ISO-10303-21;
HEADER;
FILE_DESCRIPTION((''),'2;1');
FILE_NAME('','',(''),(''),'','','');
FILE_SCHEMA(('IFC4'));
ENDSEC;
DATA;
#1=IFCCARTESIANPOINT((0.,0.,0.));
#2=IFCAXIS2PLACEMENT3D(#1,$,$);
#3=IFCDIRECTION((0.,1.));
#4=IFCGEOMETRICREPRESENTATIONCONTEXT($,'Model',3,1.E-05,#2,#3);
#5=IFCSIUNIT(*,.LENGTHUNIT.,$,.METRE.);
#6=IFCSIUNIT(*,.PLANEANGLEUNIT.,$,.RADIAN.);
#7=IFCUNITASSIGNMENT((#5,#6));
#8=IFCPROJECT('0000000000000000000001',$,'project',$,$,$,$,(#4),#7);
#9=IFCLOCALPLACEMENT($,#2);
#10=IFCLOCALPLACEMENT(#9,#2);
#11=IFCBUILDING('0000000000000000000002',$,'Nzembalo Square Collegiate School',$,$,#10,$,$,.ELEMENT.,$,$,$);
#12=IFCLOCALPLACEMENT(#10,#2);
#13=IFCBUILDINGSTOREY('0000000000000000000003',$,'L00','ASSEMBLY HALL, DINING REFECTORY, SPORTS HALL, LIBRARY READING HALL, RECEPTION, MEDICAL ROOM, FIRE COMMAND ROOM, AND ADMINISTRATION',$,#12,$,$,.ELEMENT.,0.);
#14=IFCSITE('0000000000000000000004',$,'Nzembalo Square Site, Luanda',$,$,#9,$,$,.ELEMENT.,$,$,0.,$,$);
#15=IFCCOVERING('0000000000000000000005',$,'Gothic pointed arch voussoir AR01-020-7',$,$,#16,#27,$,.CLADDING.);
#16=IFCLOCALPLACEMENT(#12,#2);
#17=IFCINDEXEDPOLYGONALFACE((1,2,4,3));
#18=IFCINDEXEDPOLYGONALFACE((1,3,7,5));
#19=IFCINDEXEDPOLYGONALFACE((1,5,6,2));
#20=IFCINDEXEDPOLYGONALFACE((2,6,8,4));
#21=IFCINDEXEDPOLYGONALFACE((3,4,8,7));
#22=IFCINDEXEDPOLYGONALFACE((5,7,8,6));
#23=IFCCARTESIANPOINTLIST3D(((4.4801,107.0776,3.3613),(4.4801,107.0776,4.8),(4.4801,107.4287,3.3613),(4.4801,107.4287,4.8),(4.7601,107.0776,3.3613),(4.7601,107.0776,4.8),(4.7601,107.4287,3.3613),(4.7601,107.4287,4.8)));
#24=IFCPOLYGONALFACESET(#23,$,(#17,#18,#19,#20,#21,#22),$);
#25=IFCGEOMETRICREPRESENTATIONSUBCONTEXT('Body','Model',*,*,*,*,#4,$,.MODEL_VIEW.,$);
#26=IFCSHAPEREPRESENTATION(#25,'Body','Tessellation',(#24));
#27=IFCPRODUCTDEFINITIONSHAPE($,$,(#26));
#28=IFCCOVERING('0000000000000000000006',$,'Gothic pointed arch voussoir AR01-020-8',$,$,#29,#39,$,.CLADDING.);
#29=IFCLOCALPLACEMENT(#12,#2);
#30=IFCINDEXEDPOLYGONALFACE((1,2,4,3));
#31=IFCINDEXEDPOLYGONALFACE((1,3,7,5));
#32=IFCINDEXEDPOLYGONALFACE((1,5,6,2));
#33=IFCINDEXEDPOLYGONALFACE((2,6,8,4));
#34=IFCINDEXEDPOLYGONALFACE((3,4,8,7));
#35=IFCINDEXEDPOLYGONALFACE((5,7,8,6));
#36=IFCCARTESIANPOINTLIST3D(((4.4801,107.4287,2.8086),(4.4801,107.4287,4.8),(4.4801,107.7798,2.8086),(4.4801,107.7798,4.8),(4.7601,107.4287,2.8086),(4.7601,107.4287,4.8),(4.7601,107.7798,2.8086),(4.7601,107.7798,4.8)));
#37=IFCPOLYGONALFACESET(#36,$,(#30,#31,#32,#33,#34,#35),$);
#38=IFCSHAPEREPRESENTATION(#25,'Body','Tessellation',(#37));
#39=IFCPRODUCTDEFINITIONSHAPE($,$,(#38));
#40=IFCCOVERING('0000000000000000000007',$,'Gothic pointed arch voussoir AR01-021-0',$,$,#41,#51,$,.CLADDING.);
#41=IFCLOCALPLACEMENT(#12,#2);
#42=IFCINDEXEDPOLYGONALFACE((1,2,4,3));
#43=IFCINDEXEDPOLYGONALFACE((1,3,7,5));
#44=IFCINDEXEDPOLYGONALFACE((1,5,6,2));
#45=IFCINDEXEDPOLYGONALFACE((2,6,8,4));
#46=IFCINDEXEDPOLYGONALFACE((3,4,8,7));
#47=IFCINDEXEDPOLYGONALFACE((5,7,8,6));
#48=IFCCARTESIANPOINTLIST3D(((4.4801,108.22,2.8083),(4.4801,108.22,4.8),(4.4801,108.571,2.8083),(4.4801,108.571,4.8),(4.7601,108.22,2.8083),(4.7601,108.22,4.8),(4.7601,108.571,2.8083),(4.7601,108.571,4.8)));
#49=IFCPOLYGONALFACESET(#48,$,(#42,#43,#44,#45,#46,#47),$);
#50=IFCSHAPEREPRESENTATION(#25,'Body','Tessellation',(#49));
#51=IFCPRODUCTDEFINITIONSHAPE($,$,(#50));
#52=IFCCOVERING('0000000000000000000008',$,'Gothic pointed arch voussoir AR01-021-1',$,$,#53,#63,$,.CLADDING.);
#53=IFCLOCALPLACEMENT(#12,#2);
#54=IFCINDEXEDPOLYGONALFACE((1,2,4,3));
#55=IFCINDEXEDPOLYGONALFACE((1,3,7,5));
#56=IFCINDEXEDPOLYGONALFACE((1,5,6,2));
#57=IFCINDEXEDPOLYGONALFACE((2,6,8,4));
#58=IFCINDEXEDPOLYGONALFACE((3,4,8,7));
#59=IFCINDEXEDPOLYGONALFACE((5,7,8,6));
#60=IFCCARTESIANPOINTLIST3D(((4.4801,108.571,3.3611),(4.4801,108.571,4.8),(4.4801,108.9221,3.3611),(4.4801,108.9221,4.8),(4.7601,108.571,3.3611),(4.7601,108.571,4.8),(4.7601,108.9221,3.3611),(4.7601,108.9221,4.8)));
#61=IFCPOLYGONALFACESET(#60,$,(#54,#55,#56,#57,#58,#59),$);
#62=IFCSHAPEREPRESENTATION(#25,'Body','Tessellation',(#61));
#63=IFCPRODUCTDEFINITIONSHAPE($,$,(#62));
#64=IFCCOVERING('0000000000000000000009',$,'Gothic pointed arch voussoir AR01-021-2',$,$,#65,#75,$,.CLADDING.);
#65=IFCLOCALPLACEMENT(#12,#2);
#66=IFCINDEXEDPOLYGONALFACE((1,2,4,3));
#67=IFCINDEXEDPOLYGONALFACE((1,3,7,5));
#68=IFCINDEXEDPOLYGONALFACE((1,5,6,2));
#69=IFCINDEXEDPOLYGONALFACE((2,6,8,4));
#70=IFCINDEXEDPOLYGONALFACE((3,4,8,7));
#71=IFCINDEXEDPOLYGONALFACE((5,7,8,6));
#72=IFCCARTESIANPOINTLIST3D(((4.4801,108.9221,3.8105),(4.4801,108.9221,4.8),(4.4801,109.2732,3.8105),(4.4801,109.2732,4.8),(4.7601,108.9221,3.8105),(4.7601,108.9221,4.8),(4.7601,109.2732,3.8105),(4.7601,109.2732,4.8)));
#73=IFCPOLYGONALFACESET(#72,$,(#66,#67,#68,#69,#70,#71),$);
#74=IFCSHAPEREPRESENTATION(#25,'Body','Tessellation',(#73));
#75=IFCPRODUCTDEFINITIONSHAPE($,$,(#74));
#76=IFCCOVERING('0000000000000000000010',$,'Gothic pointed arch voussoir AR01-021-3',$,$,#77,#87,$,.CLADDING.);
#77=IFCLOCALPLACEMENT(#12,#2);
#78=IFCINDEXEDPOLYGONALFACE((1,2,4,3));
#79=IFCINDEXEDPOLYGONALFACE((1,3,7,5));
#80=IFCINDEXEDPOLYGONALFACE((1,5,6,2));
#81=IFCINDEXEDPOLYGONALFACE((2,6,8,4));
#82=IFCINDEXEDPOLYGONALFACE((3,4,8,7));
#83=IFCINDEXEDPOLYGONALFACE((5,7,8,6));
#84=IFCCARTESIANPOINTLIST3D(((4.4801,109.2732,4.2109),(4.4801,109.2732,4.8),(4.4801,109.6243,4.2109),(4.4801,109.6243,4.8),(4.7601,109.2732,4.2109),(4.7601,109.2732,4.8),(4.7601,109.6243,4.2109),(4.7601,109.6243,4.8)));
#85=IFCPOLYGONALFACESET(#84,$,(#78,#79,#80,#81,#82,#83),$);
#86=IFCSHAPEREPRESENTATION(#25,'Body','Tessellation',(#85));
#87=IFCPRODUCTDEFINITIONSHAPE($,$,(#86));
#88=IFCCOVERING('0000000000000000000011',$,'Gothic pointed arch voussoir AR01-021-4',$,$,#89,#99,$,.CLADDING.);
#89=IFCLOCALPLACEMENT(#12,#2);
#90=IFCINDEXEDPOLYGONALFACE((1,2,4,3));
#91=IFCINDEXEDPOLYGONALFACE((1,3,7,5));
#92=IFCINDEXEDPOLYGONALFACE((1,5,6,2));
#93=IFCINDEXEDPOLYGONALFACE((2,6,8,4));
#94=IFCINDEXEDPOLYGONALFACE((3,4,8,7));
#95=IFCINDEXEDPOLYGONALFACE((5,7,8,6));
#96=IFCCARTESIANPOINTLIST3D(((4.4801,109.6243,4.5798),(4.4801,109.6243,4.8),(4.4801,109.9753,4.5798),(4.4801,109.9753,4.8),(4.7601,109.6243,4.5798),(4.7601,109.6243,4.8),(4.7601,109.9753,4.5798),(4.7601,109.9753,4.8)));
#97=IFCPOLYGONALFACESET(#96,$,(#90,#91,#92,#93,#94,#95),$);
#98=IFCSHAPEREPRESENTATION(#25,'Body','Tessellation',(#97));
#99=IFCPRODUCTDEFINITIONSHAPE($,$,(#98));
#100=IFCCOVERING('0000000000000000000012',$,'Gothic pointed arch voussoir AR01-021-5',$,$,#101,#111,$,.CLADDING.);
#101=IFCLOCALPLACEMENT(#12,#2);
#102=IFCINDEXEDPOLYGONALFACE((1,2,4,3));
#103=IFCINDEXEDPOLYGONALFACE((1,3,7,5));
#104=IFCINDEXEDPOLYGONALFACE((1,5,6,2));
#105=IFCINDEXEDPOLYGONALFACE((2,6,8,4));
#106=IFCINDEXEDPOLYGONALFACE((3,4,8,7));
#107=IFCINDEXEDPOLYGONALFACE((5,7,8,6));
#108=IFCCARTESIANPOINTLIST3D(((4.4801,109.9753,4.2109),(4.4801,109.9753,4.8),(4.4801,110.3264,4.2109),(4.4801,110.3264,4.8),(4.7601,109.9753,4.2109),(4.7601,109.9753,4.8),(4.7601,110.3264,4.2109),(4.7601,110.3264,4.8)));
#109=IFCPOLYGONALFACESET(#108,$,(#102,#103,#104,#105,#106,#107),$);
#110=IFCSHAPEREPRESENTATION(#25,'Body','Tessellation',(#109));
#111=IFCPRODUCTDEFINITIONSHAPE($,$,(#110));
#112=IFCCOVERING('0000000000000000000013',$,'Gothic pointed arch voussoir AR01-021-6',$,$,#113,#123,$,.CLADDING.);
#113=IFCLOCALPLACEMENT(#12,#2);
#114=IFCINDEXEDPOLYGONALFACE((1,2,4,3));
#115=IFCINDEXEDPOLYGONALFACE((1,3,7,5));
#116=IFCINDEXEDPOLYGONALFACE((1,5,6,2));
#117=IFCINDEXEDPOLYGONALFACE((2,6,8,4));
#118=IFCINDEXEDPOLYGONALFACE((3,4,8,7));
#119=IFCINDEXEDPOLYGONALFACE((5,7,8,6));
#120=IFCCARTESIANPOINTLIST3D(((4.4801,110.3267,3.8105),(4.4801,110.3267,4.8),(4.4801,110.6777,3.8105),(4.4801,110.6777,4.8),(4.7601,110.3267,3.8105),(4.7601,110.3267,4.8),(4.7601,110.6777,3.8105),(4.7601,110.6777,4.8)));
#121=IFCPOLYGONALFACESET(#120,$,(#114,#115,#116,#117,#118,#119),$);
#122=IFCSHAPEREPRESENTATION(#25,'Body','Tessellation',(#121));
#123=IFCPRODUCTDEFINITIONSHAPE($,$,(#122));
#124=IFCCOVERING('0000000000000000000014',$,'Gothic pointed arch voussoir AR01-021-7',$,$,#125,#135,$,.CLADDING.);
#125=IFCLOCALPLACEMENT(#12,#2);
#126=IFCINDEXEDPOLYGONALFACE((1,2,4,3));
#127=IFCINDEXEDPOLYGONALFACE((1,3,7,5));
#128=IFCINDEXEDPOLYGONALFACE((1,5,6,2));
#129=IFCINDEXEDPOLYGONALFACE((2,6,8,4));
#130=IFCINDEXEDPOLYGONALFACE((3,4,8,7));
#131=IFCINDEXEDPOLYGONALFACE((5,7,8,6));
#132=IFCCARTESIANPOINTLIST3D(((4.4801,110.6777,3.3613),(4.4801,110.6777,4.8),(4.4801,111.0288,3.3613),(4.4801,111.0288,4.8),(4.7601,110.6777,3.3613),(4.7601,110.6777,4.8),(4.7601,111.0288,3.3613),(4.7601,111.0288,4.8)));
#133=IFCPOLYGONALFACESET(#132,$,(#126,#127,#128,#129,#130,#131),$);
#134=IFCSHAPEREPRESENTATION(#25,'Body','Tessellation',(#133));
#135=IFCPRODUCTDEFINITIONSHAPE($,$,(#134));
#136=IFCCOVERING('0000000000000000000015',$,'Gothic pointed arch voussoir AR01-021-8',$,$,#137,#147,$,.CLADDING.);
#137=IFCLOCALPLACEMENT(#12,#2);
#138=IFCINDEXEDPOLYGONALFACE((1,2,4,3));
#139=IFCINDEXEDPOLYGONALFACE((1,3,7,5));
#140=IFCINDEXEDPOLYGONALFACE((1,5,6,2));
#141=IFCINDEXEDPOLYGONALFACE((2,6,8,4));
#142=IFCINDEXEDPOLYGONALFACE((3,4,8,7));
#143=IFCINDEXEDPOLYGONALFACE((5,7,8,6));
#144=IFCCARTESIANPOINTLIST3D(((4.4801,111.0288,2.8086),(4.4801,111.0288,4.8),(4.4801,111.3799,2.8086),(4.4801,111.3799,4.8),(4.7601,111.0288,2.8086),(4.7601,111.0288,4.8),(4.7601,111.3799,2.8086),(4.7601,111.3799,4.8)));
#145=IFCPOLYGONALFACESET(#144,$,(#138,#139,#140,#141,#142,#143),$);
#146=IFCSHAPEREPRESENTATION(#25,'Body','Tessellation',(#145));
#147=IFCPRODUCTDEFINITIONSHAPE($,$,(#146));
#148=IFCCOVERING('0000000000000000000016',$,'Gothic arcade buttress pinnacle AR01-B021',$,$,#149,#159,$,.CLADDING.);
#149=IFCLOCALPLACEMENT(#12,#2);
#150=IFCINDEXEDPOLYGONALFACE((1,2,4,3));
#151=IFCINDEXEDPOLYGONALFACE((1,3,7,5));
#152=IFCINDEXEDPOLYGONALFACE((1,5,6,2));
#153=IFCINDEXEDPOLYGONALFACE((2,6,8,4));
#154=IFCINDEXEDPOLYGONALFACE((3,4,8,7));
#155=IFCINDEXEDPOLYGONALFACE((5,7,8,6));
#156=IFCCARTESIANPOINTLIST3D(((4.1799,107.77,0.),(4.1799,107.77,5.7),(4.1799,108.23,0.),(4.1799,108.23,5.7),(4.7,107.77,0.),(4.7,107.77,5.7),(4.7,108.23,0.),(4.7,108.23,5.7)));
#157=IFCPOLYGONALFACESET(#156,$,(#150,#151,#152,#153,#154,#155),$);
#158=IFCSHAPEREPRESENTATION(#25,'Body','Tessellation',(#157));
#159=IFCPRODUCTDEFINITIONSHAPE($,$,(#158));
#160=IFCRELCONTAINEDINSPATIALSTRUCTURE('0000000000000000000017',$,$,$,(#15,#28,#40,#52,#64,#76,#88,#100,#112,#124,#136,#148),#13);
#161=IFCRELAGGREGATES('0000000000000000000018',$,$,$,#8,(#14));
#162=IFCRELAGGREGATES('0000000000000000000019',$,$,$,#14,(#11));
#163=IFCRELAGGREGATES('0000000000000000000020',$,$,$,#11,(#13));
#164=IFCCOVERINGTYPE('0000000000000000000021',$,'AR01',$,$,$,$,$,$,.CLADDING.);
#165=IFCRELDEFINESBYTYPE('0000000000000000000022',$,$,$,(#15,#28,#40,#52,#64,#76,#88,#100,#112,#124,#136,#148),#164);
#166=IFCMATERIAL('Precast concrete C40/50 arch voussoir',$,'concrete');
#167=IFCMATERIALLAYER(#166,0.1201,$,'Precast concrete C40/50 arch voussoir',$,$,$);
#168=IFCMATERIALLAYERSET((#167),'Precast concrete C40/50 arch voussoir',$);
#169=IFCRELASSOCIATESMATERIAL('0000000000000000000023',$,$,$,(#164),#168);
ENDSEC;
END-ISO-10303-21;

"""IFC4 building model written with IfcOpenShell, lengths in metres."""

from ifc_helpers import new_model, si_unit, direction, frame, origin, origin_2d, place, context, subcontext, project, spatial, rectangle, extrude, material, layer, layer_set, type_object, element, save


model = new_model("IFC4")

# Units and contexts
model_context = context("Model", 3, precision=1e-05, world=origin(), true_north=direction((0.0, 1.0)))
body_context = subcontext(model_context, "Body", "Model", "MODEL_VIEW")
ifc_project = project(units=[si_unit("LENGTHUNIT", "METRE"), si_unit("PLANEANGLEUNIT", "RADIAN")], contexts=[model_context])

# Site, building, storey
site_placement = place(None, origin())
site = spatial("IfcSite", under=ifc_project, at=site_placement, Name="Nzembalo Square Site, Luanda", CompositionType="ELEMENT", RefElevation=0.0)
building_placement = place(site_placement, origin())
building = spatial("IfcBuilding", under=site, at=building_placement, Name="Nzembalo Square Collegiate School", CompositionType="ELEMENT")
storey_placement = place(building_placement, origin())
storey = spatial("IfcBuildingStorey", under=building, at=storey_placement, Name="L00", Description="ASSEMBLY HALL, DINING REFECTORY, SPORTS HALL, LIBRARY READING HALL, RECEPTION, MEDICAL ROOM, FIRE COMMAND ROOM, AND ADMINISTRATION", CompositionType="ELEMENT", Elevation=0.0)

# Coverings
ifc_material_1 = material(Name="Precast concrete C40/50 arch voussoir", Category="concrete")
ifc_layer = layer(ifc_material_1, 0.1201, Name="Precast concrete C40/50 arch voussoir")
ifc_layer_set = layer_set([ifc_layer], Name="Precast concrete C40/50 arch voussoir")
covering_type = type_object("IfcCoveringType", Name="AR01", PredefinedType="CLADDING", material=ifc_layer_set)
covering_1_placement = place(storey_placement, frame((4.6201, 107.2532, 3.3613), z_axis=(0.0, 0.0, 1.0), x_axis=(1.0, 0.0, 0.0)))
element("IfcCovering", 1, at=covering_1_placement, inside=storey, type_object=covering_type, Name="Gothic pointed arch voussoir AR01-020-7", PredefinedType="CLADDING", context=body_context, shape_type="SweptSolid", body=[
    extrude(rectangle(XDim=0.28, YDim=0.3511, at=origin_2d()), origin(), (0.0, 0.0, 1.0), 1.4387),
])
covering_2_placement = place(storey_placement, frame((4.6201, 107.6042, 2.8086), z_axis=(0.0, 0.0, 1.0), x_axis=(1.0, 0.0, 0.0)))
element("IfcCovering", 2, at=covering_2_placement, inside=storey, type_object=covering_type, Name="Gothic pointed arch voussoir AR01-020-8", PredefinedType="CLADDING", context=body_context, shape_type="SweptSolid", body=[
    extrude(rectangle(XDim=0.28, YDim=0.3511, at=origin_2d()), origin(), (0.0, 0.0, 1.0), 1.9915),
])
covering_3_placement = place(storey_placement, frame((4.6201, 108.3955, 2.8083), z_axis=(0.0, 0.0, 1.0), x_axis=(1.0, 0.0, 0.0)))
element("IfcCovering", 3, at=covering_3_placement, inside=storey, type_object=covering_type, Name="Gothic pointed arch voussoir AR01-021-0", PredefinedType="CLADDING", context=body_context, shape_type="SweptSolid", body=[
    extrude(rectangle(XDim=0.28, YDim=0.3511, at=origin_2d()), origin(), (0.0, 0.0, 1.0), 1.9917),
])
covering_4_placement = place(storey_placement, frame((4.6201, 108.7466, 3.3611), z_axis=(0.0, 0.0, 1.0), x_axis=(1.0, 0.0, 0.0)))
element("IfcCovering", 4, at=covering_4_placement, inside=storey, type_object=covering_type, Name="Gothic pointed arch voussoir AR01-021-1", PredefinedType="CLADDING", context=body_context, shape_type="SweptSolid", body=[
    extrude(rectangle(XDim=0.28, YDim=0.3511, at=origin_2d()), origin(), (0.0, 0.0, 1.0), 1.439),
])
covering_5_placement = place(storey_placement, frame((4.6201, 109.0977, 3.8105), z_axis=(0.0, 0.0, 1.0), x_axis=(1.0, 0.0, 0.0)))
element("IfcCovering", 5, at=covering_5_placement, inside=storey, type_object=covering_type, Name="Gothic pointed arch voussoir AR01-021-2", PredefinedType="CLADDING", context=body_context, shape_type="SweptSolid", body=[
    extrude(rectangle(XDim=0.28, YDim=0.3511, at=origin_2d()), origin(), (0.0, 0.0, 1.0), 0.9895),
])
covering_6_placement = place(storey_placement, frame((4.6201, 109.4487, 4.2109), z_axis=(0.0, 0.0, 1.0), x_axis=(1.0, 0.0, 0.0)))
element("IfcCovering", 6, at=covering_6_placement, inside=storey, type_object=covering_type, Name="Gothic pointed arch voussoir AR01-021-3", PredefinedType="CLADDING", context=body_context, shape_type="SweptSolid", body=[
    extrude(rectangle(XDim=0.28, YDim=0.3511, at=origin_2d()), origin(), (0.0, 0.0, 1.0), 0.5891),
])
covering_7_placement = place(storey_placement, frame((4.6201, 109.7998, 4.5798), z_axis=(0.0, 0.0, 1.0), x_axis=(1.0, 0.0, 0.0)))
element("IfcCovering", 7, at=covering_7_placement, inside=storey, type_object=covering_type, Name="Gothic pointed arch voussoir AR01-021-4", PredefinedType="CLADDING", context=body_context, shape_type="SweptSolid", body=[
    extrude(rectangle(XDim=0.28, YDim=0.3511, at=origin_2d()), origin(), (0.0, 0.0, 1.0), 0.2202),
])
covering_8_placement = place(storey_placement, frame((4.6201, 110.1509, 4.2109), z_axis=(0.0, 0.0, 1.0), x_axis=(1.0, 0.0, 0.0)))
element("IfcCovering", 8, at=covering_8_placement, inside=storey, type_object=covering_type, Name="Gothic pointed arch voussoir AR01-021-5", PredefinedType="CLADDING", context=body_context, shape_type="SweptSolid", body=[
    extrude(rectangle(XDim=0.28, YDim=0.3511, at=origin_2d()), origin(), (0.0, 0.0, 1.0), 0.5891),
])
covering_9_placement = place(storey_placement, frame((4.6201, 110.5022, 3.8105), z_axis=(0.0, 0.0, 1.0), x_axis=(1.0, 0.0, 0.0)))
element("IfcCovering", 9, at=covering_9_placement, inside=storey, type_object=covering_type, Name="Gothic pointed arch voussoir AR01-021-6", PredefinedType="CLADDING", context=body_context, shape_type="SweptSolid", body=[
    extrude(rectangle(XDim=0.28, YDim=0.3511, at=origin_2d()), origin(), (0.0, 0.0, 1.0), 0.9895),
])
covering_10_placement = place(storey_placement, frame((4.6201, 110.8533, 3.3613), z_axis=(0.0, 0.0, 1.0), x_axis=(1.0, 0.0, 0.0)))
element("IfcCovering", 10, at=covering_10_placement, inside=storey, type_object=covering_type, Name="Gothic pointed arch voussoir AR01-021-7", PredefinedType="CLADDING", context=body_context, shape_type="SweptSolid", body=[
    extrude(rectangle(XDim=0.28, YDim=0.3511, at=origin_2d()), origin(), (0.0, 0.0, 1.0), 1.4387),
])
covering_11_placement = place(storey_placement, frame((4.6201, 111.2043, 2.8086), z_axis=(0.0, 0.0, 1.0), x_axis=(1.0, 0.0, 0.0)))
element("IfcCovering", 11, at=covering_11_placement, inside=storey, type_object=covering_type, Name="Gothic pointed arch voussoir AR01-021-8", PredefinedType="CLADDING", context=body_context, shape_type="SweptSolid", body=[
    extrude(rectangle(XDim=0.28, YDim=0.3511, at=origin_2d()), origin(), (0.0, 0.0, 1.0), 1.9915),
])
covering_12_placement = place(storey_placement, frame((4.4399, 108.0, 0.0), z_axis=(0.0, 0.0, 1.0), x_axis=(1.0, 0.0, 0.0)))
element("IfcCovering", 12, at=covering_12_placement, inside=storey, type_object=covering_type, Name="Gothic arcade buttress pinnacle AR01-B021", PredefinedType="CLADDING", context=body_context, shape_type="SweptSolid", body=[
    extrude(rectangle(XDim=0.52, YDim=0.46, at=origin_2d()), origin(), (0.0, 0.0, 1.0), 5.7),
])

save(model, "model.ifc")
